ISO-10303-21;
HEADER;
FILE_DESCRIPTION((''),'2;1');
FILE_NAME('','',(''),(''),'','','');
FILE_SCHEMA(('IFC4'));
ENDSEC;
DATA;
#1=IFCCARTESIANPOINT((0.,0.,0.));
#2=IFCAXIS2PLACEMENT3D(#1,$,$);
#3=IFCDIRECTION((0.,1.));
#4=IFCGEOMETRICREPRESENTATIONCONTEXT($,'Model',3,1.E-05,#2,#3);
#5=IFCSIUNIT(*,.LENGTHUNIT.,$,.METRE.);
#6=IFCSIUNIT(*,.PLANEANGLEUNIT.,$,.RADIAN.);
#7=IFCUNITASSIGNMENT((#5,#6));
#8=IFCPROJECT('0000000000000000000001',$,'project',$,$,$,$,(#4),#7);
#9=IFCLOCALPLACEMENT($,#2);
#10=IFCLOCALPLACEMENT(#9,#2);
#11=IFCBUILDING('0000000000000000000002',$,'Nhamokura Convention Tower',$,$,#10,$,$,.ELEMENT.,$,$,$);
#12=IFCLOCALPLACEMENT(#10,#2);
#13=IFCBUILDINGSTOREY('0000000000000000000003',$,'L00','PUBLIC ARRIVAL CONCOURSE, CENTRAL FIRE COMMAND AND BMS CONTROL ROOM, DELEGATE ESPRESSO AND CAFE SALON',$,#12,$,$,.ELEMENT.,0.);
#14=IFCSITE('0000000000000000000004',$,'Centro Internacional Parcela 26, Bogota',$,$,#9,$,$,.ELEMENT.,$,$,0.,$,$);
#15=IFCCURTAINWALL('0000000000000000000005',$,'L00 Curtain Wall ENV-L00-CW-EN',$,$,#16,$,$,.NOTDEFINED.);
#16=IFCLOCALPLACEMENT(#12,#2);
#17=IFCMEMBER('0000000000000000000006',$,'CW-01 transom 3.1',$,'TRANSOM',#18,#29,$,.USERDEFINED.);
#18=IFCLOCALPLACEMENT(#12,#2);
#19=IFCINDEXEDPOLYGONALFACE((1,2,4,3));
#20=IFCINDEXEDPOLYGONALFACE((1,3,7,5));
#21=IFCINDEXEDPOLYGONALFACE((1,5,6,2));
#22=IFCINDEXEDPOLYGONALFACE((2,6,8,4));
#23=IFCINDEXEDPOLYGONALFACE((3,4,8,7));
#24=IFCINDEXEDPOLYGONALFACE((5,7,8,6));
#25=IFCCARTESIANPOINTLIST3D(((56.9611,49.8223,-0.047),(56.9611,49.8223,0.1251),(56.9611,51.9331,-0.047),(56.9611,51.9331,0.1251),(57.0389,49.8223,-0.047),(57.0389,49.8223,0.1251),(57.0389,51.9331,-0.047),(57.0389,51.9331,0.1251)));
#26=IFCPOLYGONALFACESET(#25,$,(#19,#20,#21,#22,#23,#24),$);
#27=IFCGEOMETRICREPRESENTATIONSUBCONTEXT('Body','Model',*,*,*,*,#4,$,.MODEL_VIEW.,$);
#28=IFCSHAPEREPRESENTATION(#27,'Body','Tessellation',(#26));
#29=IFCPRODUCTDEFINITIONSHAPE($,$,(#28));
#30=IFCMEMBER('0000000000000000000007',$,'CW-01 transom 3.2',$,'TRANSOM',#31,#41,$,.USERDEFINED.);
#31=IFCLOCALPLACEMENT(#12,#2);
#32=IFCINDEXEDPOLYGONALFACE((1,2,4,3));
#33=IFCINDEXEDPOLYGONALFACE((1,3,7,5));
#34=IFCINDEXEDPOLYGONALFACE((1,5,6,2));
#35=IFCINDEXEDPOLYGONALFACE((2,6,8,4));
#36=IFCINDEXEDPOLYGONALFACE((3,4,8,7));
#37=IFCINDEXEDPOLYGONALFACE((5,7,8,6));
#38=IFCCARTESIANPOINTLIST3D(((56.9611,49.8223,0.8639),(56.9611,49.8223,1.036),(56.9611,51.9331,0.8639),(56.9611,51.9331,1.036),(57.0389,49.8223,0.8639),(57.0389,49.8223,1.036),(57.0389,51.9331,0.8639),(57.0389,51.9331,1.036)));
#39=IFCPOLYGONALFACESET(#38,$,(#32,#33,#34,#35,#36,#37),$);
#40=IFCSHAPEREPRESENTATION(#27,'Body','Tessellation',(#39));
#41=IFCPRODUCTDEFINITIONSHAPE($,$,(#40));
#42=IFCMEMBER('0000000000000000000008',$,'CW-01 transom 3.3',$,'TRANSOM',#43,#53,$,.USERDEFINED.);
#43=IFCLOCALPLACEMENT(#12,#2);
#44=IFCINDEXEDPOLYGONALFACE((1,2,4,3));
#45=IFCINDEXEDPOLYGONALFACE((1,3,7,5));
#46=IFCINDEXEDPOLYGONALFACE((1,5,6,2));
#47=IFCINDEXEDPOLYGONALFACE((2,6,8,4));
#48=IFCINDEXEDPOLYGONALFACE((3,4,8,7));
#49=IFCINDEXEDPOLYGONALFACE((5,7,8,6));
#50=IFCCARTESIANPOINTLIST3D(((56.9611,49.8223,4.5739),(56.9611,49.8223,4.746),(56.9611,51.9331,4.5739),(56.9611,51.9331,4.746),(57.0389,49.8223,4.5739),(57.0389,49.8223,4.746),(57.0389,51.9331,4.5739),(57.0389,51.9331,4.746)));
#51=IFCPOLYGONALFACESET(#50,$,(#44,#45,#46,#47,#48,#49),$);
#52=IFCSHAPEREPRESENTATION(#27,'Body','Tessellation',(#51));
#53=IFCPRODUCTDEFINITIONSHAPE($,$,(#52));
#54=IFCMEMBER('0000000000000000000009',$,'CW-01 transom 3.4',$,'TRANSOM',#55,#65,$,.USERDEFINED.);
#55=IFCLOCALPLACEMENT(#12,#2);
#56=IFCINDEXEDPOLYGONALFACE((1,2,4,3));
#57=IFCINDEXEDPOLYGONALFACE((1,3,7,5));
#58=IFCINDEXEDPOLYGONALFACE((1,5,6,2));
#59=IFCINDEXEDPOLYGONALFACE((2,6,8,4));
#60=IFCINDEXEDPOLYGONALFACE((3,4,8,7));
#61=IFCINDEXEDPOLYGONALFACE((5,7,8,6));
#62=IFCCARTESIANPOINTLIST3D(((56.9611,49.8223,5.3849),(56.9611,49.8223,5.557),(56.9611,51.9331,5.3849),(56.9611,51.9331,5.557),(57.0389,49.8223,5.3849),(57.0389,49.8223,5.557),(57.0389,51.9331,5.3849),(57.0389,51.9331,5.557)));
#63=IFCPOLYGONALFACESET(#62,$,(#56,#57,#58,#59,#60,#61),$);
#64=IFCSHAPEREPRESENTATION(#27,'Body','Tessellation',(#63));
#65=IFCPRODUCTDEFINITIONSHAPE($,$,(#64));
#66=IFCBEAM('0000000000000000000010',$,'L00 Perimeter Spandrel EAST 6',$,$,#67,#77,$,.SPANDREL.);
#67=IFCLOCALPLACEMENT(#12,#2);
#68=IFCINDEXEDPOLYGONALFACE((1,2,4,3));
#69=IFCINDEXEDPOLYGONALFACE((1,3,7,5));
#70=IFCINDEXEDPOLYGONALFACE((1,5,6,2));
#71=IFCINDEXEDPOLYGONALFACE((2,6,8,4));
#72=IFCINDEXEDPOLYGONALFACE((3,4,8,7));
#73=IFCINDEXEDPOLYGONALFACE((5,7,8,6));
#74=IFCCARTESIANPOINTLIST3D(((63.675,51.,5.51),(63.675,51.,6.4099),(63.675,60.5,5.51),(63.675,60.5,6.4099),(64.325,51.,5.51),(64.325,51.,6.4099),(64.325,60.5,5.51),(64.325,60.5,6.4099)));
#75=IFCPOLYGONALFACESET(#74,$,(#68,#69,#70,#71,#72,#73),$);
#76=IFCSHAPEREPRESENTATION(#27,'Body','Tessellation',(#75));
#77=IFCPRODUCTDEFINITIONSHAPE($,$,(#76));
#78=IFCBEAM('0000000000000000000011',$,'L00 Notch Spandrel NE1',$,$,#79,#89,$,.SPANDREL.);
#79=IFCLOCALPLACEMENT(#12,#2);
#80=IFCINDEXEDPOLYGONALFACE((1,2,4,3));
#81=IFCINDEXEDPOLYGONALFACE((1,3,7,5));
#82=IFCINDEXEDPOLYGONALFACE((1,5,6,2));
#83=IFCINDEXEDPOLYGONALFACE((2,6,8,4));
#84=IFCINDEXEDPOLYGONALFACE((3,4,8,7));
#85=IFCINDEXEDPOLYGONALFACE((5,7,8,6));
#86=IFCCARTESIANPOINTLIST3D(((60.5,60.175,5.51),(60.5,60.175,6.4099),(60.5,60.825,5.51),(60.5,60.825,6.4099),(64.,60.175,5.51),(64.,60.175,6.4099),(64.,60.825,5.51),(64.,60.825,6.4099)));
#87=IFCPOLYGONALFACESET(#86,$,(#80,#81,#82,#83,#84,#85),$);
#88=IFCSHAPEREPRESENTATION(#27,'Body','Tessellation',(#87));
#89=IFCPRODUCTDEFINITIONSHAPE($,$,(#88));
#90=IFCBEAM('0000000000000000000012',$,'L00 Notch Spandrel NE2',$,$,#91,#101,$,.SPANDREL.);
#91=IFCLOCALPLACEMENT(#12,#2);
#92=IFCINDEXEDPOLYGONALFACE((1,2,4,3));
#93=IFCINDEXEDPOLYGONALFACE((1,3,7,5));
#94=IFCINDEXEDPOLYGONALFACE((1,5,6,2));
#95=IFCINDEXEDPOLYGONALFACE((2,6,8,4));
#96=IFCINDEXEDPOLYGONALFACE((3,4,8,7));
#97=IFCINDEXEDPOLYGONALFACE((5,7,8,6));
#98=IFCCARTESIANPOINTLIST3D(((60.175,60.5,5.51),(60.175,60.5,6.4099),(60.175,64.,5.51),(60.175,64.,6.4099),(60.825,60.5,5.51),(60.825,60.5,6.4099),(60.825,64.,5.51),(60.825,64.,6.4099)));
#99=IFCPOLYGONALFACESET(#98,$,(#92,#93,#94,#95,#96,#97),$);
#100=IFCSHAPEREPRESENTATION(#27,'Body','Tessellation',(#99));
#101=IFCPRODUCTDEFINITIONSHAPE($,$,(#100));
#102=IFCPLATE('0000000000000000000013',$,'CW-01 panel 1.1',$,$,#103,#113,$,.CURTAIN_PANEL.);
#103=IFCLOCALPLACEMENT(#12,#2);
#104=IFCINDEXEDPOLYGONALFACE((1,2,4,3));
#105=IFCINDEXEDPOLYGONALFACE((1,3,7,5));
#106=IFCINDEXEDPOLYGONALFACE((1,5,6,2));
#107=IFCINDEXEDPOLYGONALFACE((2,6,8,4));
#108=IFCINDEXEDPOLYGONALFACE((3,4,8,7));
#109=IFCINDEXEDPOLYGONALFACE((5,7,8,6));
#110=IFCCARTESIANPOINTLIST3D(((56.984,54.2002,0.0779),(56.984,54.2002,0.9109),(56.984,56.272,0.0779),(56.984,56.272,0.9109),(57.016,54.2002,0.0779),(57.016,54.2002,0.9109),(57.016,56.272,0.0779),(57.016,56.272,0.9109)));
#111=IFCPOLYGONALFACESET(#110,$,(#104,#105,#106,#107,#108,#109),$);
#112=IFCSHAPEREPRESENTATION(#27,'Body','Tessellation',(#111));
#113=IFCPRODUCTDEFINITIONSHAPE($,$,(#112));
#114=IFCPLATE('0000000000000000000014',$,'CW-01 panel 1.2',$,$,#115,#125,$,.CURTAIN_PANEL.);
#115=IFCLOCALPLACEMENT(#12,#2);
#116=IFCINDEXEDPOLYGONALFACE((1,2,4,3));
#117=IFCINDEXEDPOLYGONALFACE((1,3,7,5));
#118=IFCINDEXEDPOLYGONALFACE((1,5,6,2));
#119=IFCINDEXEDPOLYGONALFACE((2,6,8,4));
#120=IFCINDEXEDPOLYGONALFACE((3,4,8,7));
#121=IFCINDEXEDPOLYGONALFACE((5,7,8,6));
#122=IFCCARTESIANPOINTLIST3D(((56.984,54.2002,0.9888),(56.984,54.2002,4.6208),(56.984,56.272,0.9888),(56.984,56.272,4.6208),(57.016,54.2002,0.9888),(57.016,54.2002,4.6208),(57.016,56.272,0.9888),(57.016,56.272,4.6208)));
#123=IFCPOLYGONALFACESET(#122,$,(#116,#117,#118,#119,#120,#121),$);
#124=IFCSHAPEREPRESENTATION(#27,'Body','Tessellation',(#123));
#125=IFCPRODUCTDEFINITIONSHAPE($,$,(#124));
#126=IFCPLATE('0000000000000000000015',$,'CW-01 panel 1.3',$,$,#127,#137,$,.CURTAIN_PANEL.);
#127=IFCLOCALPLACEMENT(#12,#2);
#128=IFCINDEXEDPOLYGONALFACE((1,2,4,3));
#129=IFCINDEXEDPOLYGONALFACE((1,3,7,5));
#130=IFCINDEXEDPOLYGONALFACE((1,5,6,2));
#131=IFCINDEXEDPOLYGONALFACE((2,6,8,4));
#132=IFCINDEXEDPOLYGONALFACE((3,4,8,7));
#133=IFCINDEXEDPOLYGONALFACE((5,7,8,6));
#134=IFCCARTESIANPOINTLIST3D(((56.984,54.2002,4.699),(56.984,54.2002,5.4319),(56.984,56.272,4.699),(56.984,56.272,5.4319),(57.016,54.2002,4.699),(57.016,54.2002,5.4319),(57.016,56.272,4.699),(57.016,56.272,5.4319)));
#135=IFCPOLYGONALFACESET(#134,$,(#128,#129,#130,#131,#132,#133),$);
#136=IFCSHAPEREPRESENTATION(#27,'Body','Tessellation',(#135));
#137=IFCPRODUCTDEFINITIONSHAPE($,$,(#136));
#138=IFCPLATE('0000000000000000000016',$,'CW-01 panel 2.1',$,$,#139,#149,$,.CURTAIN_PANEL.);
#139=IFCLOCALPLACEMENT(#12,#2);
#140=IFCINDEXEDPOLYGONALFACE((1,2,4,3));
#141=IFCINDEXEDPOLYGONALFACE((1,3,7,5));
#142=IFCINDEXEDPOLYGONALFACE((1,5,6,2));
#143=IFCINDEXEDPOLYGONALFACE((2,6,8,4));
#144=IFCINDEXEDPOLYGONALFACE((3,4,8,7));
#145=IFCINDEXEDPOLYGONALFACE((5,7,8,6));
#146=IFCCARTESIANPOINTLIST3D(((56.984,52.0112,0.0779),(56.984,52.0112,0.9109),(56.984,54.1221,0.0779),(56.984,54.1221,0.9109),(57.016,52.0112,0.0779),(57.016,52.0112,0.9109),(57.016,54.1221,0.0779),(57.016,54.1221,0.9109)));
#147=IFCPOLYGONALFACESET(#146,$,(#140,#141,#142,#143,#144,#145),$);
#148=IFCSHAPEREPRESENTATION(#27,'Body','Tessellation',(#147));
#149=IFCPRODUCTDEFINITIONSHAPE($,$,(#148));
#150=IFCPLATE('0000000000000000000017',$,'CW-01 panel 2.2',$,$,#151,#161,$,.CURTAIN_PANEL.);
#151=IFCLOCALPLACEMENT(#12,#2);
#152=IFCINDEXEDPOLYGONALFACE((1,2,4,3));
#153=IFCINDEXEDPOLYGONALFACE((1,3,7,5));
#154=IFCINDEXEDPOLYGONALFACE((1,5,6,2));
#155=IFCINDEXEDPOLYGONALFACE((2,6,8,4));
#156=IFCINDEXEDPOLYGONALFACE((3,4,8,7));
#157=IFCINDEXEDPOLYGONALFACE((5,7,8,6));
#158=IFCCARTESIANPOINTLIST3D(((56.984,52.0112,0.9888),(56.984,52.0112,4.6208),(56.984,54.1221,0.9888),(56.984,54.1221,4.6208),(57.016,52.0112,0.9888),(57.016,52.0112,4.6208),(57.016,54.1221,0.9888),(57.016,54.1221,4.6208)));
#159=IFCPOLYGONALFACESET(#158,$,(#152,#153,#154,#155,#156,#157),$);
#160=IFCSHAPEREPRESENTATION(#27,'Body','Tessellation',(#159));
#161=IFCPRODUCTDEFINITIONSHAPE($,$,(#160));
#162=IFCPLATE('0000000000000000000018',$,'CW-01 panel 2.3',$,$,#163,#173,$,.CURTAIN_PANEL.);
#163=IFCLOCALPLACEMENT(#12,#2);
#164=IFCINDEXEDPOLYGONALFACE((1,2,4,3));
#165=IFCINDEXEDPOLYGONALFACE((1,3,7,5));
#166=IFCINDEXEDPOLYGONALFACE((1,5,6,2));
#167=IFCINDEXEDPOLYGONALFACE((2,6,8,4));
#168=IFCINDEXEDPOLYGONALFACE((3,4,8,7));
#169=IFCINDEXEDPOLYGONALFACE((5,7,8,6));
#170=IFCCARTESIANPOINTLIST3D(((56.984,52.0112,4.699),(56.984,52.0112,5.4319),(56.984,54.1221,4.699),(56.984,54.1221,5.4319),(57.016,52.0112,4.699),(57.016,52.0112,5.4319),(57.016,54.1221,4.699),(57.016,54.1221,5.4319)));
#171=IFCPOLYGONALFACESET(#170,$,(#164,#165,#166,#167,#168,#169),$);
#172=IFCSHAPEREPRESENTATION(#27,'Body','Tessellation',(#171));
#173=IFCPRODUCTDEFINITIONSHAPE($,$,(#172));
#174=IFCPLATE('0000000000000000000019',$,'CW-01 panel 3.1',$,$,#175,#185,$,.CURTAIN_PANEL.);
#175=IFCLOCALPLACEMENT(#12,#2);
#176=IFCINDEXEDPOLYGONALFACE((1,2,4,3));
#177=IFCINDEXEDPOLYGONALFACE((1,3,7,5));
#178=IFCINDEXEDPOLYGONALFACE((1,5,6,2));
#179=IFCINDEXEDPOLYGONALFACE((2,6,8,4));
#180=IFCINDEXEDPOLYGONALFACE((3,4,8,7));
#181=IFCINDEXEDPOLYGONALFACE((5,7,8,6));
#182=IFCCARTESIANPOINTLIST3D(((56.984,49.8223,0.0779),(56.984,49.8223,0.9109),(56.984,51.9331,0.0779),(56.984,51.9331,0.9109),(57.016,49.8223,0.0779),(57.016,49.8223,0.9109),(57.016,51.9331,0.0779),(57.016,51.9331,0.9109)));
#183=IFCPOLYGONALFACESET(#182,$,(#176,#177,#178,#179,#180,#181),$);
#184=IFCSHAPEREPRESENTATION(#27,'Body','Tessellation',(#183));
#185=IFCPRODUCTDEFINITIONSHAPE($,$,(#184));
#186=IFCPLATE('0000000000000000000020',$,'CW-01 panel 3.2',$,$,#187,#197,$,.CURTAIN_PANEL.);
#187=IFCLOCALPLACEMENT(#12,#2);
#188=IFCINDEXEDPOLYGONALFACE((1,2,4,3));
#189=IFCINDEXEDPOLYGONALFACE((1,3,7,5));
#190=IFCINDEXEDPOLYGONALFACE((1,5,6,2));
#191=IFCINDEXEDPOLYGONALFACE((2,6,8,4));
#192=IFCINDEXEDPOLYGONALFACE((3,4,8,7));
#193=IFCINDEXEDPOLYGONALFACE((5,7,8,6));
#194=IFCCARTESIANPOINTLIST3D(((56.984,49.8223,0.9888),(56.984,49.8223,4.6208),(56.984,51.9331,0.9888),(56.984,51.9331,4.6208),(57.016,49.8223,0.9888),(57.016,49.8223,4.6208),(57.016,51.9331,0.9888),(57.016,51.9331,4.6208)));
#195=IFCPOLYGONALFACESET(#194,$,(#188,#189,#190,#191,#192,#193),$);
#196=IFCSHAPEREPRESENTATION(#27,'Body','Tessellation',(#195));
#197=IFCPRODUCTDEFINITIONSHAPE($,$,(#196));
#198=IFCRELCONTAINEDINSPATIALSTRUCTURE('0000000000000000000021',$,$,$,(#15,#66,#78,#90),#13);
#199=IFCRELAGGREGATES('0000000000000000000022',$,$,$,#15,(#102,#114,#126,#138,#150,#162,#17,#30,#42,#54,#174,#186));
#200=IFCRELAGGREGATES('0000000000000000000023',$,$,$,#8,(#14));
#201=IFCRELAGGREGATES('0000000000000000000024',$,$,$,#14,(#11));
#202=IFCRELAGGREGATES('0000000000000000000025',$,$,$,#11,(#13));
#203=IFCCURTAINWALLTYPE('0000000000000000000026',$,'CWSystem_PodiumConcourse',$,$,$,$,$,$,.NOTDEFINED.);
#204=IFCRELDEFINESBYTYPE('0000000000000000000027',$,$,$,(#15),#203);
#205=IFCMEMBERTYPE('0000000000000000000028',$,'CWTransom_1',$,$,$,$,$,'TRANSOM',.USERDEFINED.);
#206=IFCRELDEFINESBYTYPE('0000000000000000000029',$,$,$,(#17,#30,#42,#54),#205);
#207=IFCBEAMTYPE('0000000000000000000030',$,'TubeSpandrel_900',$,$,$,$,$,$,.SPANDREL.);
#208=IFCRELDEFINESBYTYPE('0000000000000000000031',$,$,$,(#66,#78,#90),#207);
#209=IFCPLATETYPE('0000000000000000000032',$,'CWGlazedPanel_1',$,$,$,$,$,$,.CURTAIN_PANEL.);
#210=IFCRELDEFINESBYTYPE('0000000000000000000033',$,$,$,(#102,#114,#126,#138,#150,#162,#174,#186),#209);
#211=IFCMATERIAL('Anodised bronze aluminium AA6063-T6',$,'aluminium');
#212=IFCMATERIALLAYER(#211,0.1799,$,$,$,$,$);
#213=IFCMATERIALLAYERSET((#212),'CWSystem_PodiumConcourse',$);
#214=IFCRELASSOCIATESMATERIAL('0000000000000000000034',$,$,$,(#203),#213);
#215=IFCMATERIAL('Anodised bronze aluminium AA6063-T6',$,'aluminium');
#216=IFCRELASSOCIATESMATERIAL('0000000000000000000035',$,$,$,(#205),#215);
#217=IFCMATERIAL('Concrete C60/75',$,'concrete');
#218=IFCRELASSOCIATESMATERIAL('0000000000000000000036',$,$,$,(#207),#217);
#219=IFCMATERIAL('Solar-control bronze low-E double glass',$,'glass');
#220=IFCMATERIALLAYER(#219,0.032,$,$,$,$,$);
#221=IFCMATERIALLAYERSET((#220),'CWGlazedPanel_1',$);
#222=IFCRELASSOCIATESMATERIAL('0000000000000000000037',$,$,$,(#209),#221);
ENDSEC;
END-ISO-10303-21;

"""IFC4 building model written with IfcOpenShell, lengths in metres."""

from ifc_helpers import new_model, si_unit, direction, frame, origin, origin_2d, place, context, subcontext, project, spatial, rectangle, extrude, material, layer, layer_set, material_profile, profile_set, type_object, element, aggregate, save


model = new_model("IFC4")

# Units and contexts
model_context = context("Model", 3, precision=1e-05, world=origin(), true_north=direction((0.0, 1.0)))
body_context = subcontext(model_context, "Body", "Model", "MODEL_VIEW")
ifc_project = project(units=[si_unit("LENGTHUNIT", "METRE"), si_unit("PLANEANGLEUNIT", "RADIAN")], contexts=[model_context])

# Site, building, storey
site_placement = place(None, origin())
site = spatial("IfcSite", under=ifc_project, at=site_placement, Name="Centro Internacional Parcela 26, Bogota", CompositionType="ELEMENT", RefElevation=0.0)
building_placement = place(site_placement, origin())
building = spatial("IfcBuilding", under=site, at=building_placement, Name="Nhamokura Convention Tower", CompositionType="ELEMENT")
storey_placement = place(building_placement, origin())
storey = spatial("IfcBuildingStorey", under=building, at=storey_placement, Name="L00", Description="PUBLIC ARRIVAL CONCOURSE, CENTRAL FIRE COMMAND AND BMS CONTROL ROOM, DELEGATE ESPRESSO AND CAFE SALON", CompositionType="ELEMENT", Elevation=0.0)

# Curtain wall, members
ifc_material_1 = material(Name="Anodised bronze aluminium AA6063-T6", Category="aluminium")
ifc_layer_1 = layer(ifc_material_1, 0.1799)
ifc_layer_set_1 = layer_set([ifc_layer_1], Name="CWSystem_PodiumConcourse")
curtain_wall_type = type_object("IfcCurtainWallType", Name="CWSystem_PodiumConcourse", PredefinedType="NOTDEFINED", material=ifc_layer_set_1)
curtain_wall_placement = place(storey_placement, origin())
curtain_wall = element("IfcCurtainWall", 1, at=curtain_wall_placement, inside=storey, type_object=curtain_wall_type, Name="L00 Curtain Wall ENV-L00-CW-EN", PredefinedType="NOTDEFINED")
ifc_material_2 = material(Name="Anodised bronze aluminium AA6063-T6", Category="aluminium")
ifc_material_profile_1 = material_profile(ifc_material_2, rectangle(XDim=0.0779, YDim=0.1721, at=origin_2d()))
ifc_profile_set_1 = profile_set([ifc_material_profile_1], Name="Anodised bronze aluminium AA6063-T6")
member_type_1 = type_object("IfcMemberType", Name="CWTransom_1", ElementType="TRANSOM", PredefinedType="USERDEFINED", material=ifc_profile_set_1)
member_1_placement = place(storey_placement, frame((57.0, 51.9331, 0.0391), z_axis=(0.0, -1.0, 0.0), x_axis=(1.0, 0.0, 0.0)))
member_1 = element("IfcMember", 2, at=member_1_placement, type_object=member_type_1, Name="CW-01 transom 3.1", ObjectType="TRANSOM", PredefinedType="USERDEFINED", context=body_context, shape_type="SweptSolid", body=[
    extrude(rectangle(XDim=0.0779, YDim=0.1721, at=origin_2d()), origin(), (0.0, 0.0, 1.0), 2.1108),
])
member_2_placement = place(storey_placement, frame((57.0, 51.9331, 0.95), z_axis=(0.0, -1.0, 0.0), x_axis=(1.0, 0.0, 0.0)))
member_2 = element("IfcMember", 3, at=member_2_placement, type_object=member_type_1, Name="CW-01 transom 3.2", ObjectType="TRANSOM", PredefinedType="USERDEFINED", context=body_context, shape_type="SweptSolid", body=[
    extrude(rectangle(XDim=0.0779, YDim=0.1721, at=origin_2d()), origin(), (0.0, 0.0, 1.0), 2.1108),
])
member_3_placement = place(storey_placement, frame((57.0, 51.9331, 4.6599), z_axis=(0.0, -1.0, 0.0), x_axis=(1.0, 0.0, 0.0)))
member_3 = element("IfcMember", 4, at=member_3_placement, type_object=member_type_1, Name="CW-01 transom 3.3", ObjectType="TRANSOM", PredefinedType="USERDEFINED", context=body_context, shape_type="SweptSolid", body=[
    extrude(rectangle(XDim=0.0779, YDim=0.1721, at=origin_2d()), origin(), (0.0, 0.0, 1.0), 2.1108),
])
member_4_placement = place(storey_placement, frame((57.0, 51.9331, 5.4709), z_axis=(0.0, -1.0, 0.0), x_axis=(1.0, 0.0, 0.0)))
member_4 = element("IfcMember", 5, at=member_4_placement, type_object=member_type_1, Name="CW-01 transom 3.4", ObjectType="TRANSOM", PredefinedType="USERDEFINED", context=body_context, shape_type="SweptSolid", body=[
    extrude(rectangle(XDim=0.0779, YDim=0.1721, at=origin_2d()), origin(), (0.0, 0.0, 1.0), 2.1108),
])

# Beams
ifc_material_3 = material(Name="Concrete C60/75", Category="concrete")
ifc_material_profile_2 = material_profile(ifc_material_3, rectangle(XDim=0.6499, YDim=0.8999, at=origin_2d()))
ifc_profile_set_2 = profile_set([ifc_material_profile_2], Name="Concrete C60/75")
beam_type = type_object("IfcBeamType", Name="TubeSpandrel_900", PredefinedType="SPANDREL", material=ifc_profile_set_2)
beam_placement = place(storey_placement, frame((64.0, 51.0, 5.96), z_axis=(0.0, 1.0, 0.0), x_axis=(-1.0, 0.0, 0.0)))
element("IfcBeam", 6, at=beam_placement, inside=storey, type_object=beam_type, Name="L00 Perimeter Spandrel EAST 6", PredefinedType="SPANDREL", context=body_context, shape_type="SweptSolid", body=[
    extrude(rectangle(XDim=0.6499, YDim=0.8999, at=origin_2d()), origin(), (0.0, 0.0, 1.0), 9.5),
])
for number, where, z_axis, x_axis, name in (
    (7, (64.0, 60.5, 5.96), (-1.0, 0.0, 0.0), (0.0, -1.0, 0.0), "L00 Notch Spandrel NE1"),
    (8, (60.5, 60.5, 5.96), (0.0, 1.0, 0.0), (-1.0, 0.0, 0.0), "L00 Notch Spandrel NE2"),
):
    element("IfcBeam", number, at=place(storey_placement, frame(where, z_axis=z_axis, x_axis=x_axis)), inside=storey, type_object=beam_type, Name=name, PredefinedType="SPANDREL", context=body_context, shape_type="SweptSolid", body=[
        extrude(rectangle(XDim=0.6499, YDim=0.8999, at=origin_2d()), origin(), (0.0, 0.0, 1.0), 3.5),
    ])

# Plates
ifc_material_4 = material(Name="Solar-control bronze low-E double glass", Category="glass")
ifc_layer_2 = layer(ifc_material_4, 0.032)
ifc_layer_set_2 = layer_set([ifc_layer_2], Name="CWGlazedPanel_1")
plate_type = type_object("IfcPlateType", Name="CWGlazedPanel_1", PredefinedType="CURTAIN_PANEL", material=ifc_layer_set_2)
plate_1_placement = place(storey_placement, frame((57.0, 55.2361, 0.0779), z_axis=(0.0, 0.0, 1.0), x_axis=(0.0, -1.0, 0.0)))
plate_1 = element("IfcPlate", 9, at=plate_1_placement, type_object=plate_type, Name="CW-01 panel 1.1", PredefinedType="CURTAIN_PANEL", context=body_context, shape_type="SweptSolid", body=[
    extrude(rectangle(XDim=2.0718, YDim=0.032, at=origin_2d()), origin(), (0.0, 0.0, 1.0), 0.833),
])
plate_2_placement = place(storey_placement, frame((57.0, 55.2361, 0.9888), z_axis=(0.0, 0.0, 1.0), x_axis=(0.0, -1.0, 0.0)))
plate_2 = element("IfcPlate", 10, at=plate_2_placement, type_object=plate_type, Name="CW-01 panel 1.2", PredefinedType="CURTAIN_PANEL", context=body_context, shape_type="SweptSolid", body=[
    extrude(rectangle(XDim=2.0718, YDim=0.032, at=origin_2d()), origin(), (0.0, 0.0, 1.0), 3.6321),
])
plate_3_placement = place(storey_placement, frame((57.0, 55.2361, 4.699), z_axis=(0.0, 0.0, 1.0), x_axis=(0.0, -1.0, 0.0)))
plate_3 = element("IfcPlate", 11, at=plate_3_placement, type_object=plate_type, Name="CW-01 panel 1.3", PredefinedType="CURTAIN_PANEL", context=body_context, shape_type="SweptSolid", body=[
    extrude(rectangle(XDim=2.0718, YDim=0.032, at=origin_2d()), origin(), (0.0, 0.0, 1.0), 0.7329),
])
plate_4_placement = place(storey_placement, frame((57.0, 53.0667, 0.0779), z_axis=(0.0, 0.0, 1.0), x_axis=(0.0, -1.0, 0.0)))
plate_4 = element("IfcPlate", 12, at=plate_4_placement, type_object=plate_type, Name="CW-01 panel 2.1", PredefinedType="CURTAIN_PANEL", context=body_context, shape_type="SweptSolid", body=[
    extrude(rectangle(XDim=2.1108, YDim=0.032, at=origin_2d()), origin(), (0.0, 0.0, 1.0), 0.833),
])
plate_5_placement = place(storey_placement, frame((57.0, 53.0667, 0.9888), z_axis=(0.0, 0.0, 1.0), x_axis=(0.0, -1.0, 0.0)))
plate_5 = element("IfcPlate", 13, at=plate_5_placement, type_object=plate_type, Name="CW-01 panel 2.2", PredefinedType="CURTAIN_PANEL", context=body_context, shape_type="SweptSolid", body=[
    extrude(rectangle(XDim=2.1108, YDim=0.032, at=origin_2d()), origin(), (0.0, 0.0, 1.0), 3.6321),
])
plate_6_placement = place(storey_placement, frame((57.0, 53.0667, 4.699), z_axis=(0.0, 0.0, 1.0), x_axis=(0.0, -1.0, 0.0)))
plate_6 = element("IfcPlate", 14, at=plate_6_placement, type_object=plate_type, Name="CW-01 panel 2.3", PredefinedType="CURTAIN_PANEL", context=body_context, shape_type="SweptSolid", body=[
    extrude(rectangle(XDim=2.1108, YDim=0.032, at=origin_2d()), origin(), (0.0, 0.0, 1.0), 0.7329),
])
plate_7_placement = place(storey_placement, frame((57.0, 50.8777, 0.0779), z_axis=(0.0, 0.0, 1.0), x_axis=(0.0, -1.0, 0.0)))
plate_7 = element("IfcPlate", 15, at=plate_7_placement, type_object=plate_type, Name="CW-01 panel 3.1", PredefinedType="CURTAIN_PANEL", context=body_context, shape_type="SweptSolid", body=[
    extrude(rectangle(XDim=2.1108, YDim=0.032, at=origin_2d()), origin(), (0.0, 0.0, 1.0), 0.833),
])
plate_8_placement = place(storey_placement, frame((57.0, 50.8777, 0.9888), z_axis=(0.0, 0.0, 1.0), x_axis=(0.0, -1.0, 0.0)))
plate_8 = element("IfcPlate", 16, at=plate_8_placement, type_object=plate_type, Name="CW-01 panel 3.2", PredefinedType="CURTAIN_PANEL", context=body_context, shape_type="SweptSolid", body=[
    extrude(rectangle(XDim=2.1108, YDim=0.032, at=origin_2d()), origin(), (0.0, 0.0, 1.0), 3.6321),
])
aggregate(curtain_wall, [plate_1, plate_2, plate_3, plate_4, plate_5, plate_6, member_1, member_2, member_3, member_4, plate_7, plate_8])

save(model, "model.ifc")
